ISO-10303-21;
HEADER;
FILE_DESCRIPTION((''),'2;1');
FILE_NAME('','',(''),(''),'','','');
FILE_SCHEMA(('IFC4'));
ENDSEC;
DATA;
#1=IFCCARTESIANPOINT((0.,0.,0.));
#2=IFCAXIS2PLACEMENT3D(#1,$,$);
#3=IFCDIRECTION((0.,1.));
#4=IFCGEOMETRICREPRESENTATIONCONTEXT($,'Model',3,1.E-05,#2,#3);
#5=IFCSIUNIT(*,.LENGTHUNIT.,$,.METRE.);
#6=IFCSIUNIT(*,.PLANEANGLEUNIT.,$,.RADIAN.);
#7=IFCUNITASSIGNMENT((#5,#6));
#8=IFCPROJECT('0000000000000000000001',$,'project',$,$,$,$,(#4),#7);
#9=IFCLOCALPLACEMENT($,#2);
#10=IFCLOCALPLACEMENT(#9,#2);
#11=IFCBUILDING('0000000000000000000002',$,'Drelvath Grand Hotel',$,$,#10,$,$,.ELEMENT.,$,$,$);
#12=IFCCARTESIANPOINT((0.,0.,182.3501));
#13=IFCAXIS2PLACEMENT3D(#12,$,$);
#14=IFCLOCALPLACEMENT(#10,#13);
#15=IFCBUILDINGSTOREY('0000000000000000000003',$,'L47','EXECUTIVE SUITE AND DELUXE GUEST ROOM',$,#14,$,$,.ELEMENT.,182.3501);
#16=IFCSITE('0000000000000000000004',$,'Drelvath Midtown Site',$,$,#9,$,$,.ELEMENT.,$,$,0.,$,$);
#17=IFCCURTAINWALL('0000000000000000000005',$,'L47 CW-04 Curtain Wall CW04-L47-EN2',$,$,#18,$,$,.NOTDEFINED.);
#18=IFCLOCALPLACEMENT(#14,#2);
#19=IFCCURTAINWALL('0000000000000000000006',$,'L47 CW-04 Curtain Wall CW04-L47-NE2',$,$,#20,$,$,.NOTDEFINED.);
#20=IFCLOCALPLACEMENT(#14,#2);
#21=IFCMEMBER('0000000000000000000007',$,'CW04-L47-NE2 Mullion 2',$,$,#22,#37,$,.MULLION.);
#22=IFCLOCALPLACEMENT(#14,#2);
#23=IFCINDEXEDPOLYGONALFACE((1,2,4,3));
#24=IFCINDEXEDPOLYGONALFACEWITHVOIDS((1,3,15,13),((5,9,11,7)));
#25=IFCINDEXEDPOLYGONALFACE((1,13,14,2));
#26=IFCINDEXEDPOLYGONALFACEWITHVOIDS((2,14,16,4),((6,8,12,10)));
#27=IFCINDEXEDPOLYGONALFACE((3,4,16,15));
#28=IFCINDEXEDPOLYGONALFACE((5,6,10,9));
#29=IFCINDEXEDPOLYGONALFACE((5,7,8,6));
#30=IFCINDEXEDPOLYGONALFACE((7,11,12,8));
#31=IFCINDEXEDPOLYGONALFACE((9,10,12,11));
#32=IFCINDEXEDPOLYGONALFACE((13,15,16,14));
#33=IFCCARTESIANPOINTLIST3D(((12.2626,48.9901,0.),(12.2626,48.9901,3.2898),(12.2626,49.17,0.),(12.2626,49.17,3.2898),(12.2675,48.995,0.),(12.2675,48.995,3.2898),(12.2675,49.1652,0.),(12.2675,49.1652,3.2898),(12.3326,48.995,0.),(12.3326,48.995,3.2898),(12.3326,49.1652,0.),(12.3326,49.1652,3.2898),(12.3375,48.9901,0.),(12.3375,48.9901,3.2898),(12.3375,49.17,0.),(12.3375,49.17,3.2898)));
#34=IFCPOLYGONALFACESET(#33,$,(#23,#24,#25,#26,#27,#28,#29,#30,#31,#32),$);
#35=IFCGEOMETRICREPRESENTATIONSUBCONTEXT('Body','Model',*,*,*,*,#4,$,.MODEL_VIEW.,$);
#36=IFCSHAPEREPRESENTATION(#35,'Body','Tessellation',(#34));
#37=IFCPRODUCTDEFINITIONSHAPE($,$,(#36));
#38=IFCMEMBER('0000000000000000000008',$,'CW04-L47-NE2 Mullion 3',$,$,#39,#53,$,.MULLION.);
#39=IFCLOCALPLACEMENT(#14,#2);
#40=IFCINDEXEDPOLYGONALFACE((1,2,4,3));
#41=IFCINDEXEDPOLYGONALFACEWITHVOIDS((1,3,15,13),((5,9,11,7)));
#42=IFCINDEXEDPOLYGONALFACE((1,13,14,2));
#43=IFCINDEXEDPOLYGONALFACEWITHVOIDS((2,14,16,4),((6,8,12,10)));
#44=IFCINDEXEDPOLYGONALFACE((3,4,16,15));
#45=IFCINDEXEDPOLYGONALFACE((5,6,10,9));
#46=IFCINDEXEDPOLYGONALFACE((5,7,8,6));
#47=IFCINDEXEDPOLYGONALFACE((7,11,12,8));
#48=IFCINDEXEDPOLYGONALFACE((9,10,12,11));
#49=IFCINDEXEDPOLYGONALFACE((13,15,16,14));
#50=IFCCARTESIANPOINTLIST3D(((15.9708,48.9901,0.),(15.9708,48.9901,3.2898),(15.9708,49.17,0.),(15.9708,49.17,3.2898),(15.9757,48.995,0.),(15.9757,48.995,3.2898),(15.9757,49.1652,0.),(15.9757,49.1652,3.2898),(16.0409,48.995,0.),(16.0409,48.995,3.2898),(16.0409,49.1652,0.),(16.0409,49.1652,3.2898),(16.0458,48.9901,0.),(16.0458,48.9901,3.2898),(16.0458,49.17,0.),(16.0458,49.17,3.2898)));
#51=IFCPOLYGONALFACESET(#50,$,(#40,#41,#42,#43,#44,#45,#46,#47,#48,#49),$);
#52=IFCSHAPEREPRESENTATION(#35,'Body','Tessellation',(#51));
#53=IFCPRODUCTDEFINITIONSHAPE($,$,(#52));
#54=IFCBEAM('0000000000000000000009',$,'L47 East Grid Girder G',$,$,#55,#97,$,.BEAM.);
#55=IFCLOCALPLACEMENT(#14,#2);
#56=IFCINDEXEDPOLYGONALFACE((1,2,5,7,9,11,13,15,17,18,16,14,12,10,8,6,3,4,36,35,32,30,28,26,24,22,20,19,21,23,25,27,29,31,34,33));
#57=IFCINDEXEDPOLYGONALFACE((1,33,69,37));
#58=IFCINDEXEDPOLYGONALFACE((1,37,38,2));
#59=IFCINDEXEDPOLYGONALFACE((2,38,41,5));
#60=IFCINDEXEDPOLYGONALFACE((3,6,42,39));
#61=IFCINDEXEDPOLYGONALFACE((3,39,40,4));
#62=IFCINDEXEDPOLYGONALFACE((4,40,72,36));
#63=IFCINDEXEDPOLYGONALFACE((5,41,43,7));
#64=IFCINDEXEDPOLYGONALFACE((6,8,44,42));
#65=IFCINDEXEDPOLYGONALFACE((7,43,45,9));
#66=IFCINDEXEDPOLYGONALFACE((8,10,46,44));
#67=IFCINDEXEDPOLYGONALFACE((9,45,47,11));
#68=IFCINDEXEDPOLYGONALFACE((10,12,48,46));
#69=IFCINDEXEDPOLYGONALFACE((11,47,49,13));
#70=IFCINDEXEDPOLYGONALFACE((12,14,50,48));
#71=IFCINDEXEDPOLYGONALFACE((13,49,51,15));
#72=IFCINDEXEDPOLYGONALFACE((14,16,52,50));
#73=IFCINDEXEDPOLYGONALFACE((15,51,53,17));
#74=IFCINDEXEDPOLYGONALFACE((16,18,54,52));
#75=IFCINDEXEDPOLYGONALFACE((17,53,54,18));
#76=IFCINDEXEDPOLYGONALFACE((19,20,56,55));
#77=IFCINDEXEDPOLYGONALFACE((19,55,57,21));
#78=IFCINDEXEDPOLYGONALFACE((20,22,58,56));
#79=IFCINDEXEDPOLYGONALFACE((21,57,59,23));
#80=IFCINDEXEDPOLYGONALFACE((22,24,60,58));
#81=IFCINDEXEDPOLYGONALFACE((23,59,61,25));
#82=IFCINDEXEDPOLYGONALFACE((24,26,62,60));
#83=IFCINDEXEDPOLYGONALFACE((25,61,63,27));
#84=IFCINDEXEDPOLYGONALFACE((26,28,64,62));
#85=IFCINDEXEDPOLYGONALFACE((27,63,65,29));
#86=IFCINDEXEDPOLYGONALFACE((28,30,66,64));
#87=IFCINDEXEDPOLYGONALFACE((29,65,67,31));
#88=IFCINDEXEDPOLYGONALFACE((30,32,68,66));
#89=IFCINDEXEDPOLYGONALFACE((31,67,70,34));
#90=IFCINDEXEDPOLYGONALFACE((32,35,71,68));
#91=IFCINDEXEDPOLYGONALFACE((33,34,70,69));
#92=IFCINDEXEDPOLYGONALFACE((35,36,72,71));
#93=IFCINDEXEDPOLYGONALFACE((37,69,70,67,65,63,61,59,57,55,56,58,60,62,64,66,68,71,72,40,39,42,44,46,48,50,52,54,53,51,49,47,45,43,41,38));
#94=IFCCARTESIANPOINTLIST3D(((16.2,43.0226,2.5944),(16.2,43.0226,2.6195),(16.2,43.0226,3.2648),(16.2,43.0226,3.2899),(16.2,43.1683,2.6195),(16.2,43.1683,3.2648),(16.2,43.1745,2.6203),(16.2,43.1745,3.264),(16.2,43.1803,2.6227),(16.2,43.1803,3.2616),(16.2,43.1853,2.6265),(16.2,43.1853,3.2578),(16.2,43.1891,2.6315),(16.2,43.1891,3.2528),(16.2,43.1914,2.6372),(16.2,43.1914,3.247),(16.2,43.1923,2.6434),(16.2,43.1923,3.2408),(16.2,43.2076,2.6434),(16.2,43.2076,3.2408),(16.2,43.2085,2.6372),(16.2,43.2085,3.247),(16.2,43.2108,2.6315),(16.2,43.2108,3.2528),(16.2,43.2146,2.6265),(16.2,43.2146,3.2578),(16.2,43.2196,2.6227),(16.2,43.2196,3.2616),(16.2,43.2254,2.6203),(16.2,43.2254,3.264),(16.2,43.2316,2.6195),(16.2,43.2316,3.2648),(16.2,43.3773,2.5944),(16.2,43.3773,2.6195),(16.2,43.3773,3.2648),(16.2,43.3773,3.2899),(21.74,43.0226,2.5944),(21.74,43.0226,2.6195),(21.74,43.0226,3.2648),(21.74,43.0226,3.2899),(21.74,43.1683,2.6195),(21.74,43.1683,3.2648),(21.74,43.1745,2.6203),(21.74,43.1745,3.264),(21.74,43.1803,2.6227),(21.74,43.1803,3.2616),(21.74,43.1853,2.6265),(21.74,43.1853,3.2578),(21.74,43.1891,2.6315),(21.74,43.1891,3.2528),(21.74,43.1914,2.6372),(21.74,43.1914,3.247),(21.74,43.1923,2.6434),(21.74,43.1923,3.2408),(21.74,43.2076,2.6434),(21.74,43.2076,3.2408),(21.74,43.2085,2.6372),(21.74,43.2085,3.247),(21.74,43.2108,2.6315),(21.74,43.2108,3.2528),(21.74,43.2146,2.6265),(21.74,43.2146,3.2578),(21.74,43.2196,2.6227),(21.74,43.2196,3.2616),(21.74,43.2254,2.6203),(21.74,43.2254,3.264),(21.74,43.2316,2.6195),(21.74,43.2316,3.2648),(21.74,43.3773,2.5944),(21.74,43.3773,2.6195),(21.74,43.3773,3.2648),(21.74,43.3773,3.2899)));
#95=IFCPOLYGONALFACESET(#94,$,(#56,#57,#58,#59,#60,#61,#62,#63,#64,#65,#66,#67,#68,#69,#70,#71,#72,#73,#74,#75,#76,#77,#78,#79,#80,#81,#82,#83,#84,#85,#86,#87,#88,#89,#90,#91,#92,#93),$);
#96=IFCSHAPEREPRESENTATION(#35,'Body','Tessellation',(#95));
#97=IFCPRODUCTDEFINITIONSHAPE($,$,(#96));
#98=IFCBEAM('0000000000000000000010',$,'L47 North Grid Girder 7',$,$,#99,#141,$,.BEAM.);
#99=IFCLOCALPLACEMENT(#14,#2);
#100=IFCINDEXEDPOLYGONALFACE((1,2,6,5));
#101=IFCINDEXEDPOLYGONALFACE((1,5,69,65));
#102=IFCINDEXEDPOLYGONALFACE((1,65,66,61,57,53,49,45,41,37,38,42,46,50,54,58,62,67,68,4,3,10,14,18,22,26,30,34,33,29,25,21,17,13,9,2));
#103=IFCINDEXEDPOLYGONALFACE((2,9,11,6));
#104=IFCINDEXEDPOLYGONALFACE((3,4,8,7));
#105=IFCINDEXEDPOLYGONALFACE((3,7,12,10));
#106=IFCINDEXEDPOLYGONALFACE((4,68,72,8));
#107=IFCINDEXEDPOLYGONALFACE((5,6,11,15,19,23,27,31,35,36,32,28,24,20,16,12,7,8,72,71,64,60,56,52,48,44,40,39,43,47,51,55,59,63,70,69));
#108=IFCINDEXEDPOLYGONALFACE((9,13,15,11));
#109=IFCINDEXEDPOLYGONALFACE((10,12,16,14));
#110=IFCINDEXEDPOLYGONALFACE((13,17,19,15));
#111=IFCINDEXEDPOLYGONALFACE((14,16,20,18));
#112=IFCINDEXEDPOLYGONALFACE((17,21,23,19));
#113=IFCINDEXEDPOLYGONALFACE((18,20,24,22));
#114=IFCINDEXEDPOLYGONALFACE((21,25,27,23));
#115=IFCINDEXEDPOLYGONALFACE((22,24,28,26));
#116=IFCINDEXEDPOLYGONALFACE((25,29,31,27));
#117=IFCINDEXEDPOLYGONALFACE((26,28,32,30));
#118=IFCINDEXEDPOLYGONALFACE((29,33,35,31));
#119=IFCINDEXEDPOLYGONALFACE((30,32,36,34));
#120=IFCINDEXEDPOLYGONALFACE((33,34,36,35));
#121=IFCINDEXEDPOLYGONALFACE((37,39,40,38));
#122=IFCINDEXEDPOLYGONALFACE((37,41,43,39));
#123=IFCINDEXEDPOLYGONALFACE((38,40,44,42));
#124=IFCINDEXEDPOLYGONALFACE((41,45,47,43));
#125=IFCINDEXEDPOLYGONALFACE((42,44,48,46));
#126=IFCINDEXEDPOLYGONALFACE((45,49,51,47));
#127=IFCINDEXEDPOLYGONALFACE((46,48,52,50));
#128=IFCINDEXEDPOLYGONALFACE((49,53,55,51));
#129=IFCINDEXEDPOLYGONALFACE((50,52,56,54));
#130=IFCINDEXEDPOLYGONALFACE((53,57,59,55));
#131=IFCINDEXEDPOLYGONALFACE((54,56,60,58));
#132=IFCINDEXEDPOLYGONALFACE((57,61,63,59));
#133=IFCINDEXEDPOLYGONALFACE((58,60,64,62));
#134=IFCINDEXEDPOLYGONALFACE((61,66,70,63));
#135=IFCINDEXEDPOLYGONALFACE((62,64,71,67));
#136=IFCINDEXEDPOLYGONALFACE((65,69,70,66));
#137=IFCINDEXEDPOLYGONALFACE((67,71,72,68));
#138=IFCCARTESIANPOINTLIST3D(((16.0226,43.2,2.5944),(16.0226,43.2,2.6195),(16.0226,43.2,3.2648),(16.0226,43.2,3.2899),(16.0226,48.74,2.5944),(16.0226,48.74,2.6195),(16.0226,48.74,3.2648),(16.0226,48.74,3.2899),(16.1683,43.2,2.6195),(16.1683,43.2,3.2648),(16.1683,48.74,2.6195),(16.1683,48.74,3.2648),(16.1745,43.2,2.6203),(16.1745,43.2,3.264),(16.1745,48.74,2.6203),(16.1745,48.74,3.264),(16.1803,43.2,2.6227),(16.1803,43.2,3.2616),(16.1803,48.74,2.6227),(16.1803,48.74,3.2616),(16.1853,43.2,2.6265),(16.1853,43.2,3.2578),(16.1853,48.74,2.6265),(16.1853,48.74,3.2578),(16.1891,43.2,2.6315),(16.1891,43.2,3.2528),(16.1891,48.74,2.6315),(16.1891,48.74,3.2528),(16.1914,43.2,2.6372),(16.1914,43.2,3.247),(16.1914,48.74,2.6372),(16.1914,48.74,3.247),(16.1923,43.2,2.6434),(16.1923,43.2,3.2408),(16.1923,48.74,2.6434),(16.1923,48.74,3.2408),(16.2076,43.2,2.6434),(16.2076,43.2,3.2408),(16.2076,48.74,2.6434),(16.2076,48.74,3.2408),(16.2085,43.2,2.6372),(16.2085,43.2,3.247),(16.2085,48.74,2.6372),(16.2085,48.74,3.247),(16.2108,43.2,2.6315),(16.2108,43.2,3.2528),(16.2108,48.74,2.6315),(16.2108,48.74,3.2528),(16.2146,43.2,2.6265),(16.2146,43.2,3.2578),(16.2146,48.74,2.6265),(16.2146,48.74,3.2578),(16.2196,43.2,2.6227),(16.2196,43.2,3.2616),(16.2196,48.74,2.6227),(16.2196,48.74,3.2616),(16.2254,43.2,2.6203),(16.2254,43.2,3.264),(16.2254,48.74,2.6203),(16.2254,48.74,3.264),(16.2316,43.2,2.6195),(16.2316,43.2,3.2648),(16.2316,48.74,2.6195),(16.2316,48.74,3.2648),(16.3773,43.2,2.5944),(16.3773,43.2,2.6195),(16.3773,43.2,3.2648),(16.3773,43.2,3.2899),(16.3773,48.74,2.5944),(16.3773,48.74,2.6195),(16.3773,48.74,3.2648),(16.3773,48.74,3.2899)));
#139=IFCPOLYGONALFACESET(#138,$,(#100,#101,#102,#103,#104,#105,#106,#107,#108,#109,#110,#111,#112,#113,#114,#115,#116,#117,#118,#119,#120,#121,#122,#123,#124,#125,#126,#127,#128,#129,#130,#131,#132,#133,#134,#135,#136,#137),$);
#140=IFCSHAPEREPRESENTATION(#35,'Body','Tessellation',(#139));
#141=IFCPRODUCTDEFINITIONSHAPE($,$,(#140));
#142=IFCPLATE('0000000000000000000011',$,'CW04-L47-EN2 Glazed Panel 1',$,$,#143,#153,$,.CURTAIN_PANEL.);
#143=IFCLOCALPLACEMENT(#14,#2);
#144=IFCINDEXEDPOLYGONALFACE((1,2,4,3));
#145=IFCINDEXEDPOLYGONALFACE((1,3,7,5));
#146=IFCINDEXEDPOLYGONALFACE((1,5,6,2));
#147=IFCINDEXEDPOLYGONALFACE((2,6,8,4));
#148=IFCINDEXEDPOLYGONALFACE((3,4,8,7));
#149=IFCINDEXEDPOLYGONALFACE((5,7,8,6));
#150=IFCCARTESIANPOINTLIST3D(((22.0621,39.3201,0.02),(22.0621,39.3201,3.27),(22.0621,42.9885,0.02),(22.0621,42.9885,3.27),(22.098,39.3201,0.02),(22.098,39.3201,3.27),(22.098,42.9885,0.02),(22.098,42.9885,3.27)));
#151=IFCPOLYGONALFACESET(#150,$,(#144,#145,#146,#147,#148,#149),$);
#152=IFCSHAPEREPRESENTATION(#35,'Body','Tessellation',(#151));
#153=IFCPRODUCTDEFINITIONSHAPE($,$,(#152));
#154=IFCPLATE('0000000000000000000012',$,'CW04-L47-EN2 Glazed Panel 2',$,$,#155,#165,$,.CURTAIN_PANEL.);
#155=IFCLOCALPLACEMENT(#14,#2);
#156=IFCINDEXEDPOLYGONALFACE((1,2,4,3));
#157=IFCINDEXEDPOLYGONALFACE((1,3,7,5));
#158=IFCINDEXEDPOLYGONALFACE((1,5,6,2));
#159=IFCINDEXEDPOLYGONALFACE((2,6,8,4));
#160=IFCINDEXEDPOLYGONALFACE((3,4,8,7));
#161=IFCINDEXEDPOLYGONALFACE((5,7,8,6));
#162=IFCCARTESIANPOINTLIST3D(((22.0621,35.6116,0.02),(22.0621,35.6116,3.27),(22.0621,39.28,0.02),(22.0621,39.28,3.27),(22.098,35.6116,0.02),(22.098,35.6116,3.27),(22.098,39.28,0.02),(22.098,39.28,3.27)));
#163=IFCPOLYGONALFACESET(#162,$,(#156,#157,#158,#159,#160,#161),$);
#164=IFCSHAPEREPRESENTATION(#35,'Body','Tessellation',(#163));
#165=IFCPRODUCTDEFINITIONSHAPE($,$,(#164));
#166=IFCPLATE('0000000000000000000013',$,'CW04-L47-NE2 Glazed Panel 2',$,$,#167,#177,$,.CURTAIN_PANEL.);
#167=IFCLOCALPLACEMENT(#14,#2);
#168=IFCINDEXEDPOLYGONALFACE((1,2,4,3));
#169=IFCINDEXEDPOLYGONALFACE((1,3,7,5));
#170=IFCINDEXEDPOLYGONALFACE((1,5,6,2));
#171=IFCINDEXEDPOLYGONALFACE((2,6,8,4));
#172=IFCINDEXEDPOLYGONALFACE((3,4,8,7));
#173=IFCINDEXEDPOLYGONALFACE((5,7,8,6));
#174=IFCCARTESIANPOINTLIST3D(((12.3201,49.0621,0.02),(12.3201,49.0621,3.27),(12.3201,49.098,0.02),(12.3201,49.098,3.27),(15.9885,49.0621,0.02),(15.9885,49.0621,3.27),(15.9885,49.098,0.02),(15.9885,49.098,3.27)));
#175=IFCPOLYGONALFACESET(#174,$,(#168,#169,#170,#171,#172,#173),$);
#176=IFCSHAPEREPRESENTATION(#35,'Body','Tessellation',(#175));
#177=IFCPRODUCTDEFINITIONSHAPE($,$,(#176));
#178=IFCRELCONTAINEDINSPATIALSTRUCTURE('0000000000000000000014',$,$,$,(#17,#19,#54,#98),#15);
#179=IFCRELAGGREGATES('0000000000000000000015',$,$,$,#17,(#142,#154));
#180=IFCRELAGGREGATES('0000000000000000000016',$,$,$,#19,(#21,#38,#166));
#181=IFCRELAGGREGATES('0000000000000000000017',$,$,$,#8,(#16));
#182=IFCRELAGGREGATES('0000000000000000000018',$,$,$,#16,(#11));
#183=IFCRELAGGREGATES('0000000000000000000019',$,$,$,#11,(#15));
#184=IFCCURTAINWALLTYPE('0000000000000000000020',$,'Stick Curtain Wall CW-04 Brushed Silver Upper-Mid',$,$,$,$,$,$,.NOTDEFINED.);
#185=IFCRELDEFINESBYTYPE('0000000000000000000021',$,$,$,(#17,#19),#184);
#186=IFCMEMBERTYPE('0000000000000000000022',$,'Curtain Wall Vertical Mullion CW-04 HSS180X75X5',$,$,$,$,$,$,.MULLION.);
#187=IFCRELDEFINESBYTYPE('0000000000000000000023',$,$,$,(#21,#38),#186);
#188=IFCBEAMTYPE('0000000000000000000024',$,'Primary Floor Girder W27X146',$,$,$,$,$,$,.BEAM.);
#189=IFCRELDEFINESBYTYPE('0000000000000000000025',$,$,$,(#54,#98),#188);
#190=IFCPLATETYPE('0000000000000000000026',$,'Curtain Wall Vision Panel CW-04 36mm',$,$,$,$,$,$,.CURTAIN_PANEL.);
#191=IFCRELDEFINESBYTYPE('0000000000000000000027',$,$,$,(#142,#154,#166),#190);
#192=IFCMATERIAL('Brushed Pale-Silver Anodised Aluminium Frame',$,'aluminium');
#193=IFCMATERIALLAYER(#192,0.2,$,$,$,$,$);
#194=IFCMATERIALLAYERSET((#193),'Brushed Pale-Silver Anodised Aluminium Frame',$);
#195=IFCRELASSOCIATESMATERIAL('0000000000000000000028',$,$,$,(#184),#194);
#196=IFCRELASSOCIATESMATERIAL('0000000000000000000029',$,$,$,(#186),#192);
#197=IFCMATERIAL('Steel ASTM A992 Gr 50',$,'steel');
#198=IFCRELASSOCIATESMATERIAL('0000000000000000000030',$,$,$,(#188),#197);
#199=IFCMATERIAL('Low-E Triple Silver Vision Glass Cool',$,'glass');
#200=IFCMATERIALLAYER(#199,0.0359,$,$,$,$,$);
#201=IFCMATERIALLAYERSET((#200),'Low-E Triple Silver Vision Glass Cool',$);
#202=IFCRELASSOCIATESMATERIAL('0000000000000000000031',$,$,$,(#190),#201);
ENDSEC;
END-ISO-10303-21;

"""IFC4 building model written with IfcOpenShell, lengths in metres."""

from ifc_helpers import new_model, si_unit, direction, frame, origin, origin_2d, place, context, subcontext, project, spatial, rectangle, hollow_rectangle, i_section, extrude, material, layer, layer_set, material_profile, profile_set, type_object, element, aggregate, save


model = new_model("IFC4")

# Units and contexts
model_context = context("Model", 3, precision=1e-05, world=origin(), true_north=direction((0.0, 1.0)))
body_context = subcontext(model_context, "Body", "Model", "MODEL_VIEW")
ifc_project = project(units=[si_unit("LENGTHUNIT", "METRE"), si_unit("PLANEANGLEUNIT", "RADIAN")], contexts=[model_context])

# Site, building, storey
site_placement = place(None, origin())
site = spatial("IfcSite", under=ifc_project, at=site_placement, Name="Drelvath Midtown Site", CompositionType="ELEMENT", RefElevation=0.0)
building_placement = place(site_placement, origin())
building = spatial("IfcBuilding", under=site, at=building_placement, Name="Drelvath Grand Hotel", CompositionType="ELEMENT")
storey_placement = place(building_placement, frame((0.0, 0.0, 182.3501)))
storey = spatial("IfcBuildingStorey", under=building, at=storey_placement, Name="L47", Description="EXECUTIVE SUITE AND DELUXE GUEST ROOM", CompositionType="ELEMENT", Elevation=182.3501)

# Curtain walls, members
ifc_material_1 = material(Name="Brushed Pale-Silver Anodised Aluminium Frame", Category="aluminium")
ifc_layer_1 = layer(ifc_material_1, 0.2)
ifc_layer_set_1 = layer_set([ifc_layer_1], Name="Brushed Pale-Silver Anodised Aluminium Frame")
curtain_wall_type = type_object("IfcCurtainWallType", Name="Stick Curtain Wall CW-04 Brushed Silver Upper-Mid", PredefinedType="NOTDEFINED", material=ifc_layer_set_1)
curtain_wall_1_placement = place(storey_placement, origin())
curtain_wall_1 = element("IfcCurtainWall", 1, at=curtain_wall_1_placement, inside=storey, type_object=curtain_wall_type, Name="L47 CW-04 Curtain Wall CW04-L47-EN2", PredefinedType="NOTDEFINED")
ifc_material_profile_1 = material_profile(ifc_material_1, hollow_rectangle(XDim=0.075, YDim=0.1799, WallThickness=0.0049, at=origin_2d()), Name="HSS180X75X5")
ifc_profile_set_1 = profile_set([ifc_material_profile_1], Name="Brushed Pale-Silver Anodised Aluminium Frame")
member_type_1 = type_object("IfcMemberType", Name="Curtain Wall Vertical Mullion CW-04 HSS180X75X5", PredefinedType="MULLION", material=ifc_profile_set_1)
curtain_wall_2_placement = place(storey_placement, origin())
curtain_wall_2 = element("IfcCurtainWall", 2, at=curtain_wall_2_placement, inside=storey, type_object=curtain_wall_type, Name="L47 CW-04 Curtain Wall CW04-L47-NE2", PredefinedType="NOTDEFINED")
member_1_placement = place(storey_placement, frame((12.3, 49.0801, 0.0), z_axis=(0.0, 0.0, 1.0), x_axis=(1.0, 0.0, 0.0)))
member_1 = element("IfcMember", 3, at=member_1_placement, type_object=member_type_1, Name="CW04-L47-NE2 Mullion 2", PredefinedType="MULLION", context=body_context, shape_type="SweptSolid", body=[
    extrude(hollow_rectangle(XDim=0.075, YDim=0.1799, WallThickness=0.0049, at=origin_2d()), origin(), (0.0, 0.0, 1.0), 3.2898),
])
member_2_placement = place(storey_placement, frame((16.0083, 49.0801, 0.0), z_axis=(0.0, 0.0, 1.0), x_axis=(1.0, 0.0, 0.0)))
member_2 = element("IfcMember", 4, at=member_2_placement, type_object=member_type_1, Name="CW04-L47-NE2 Mullion 3", PredefinedType="MULLION", context=body_context, shape_type="SweptSolid", body=[
    extrude(hollow_rectangle(XDim=0.075, YDim=0.1799, WallThickness=0.0049, at=origin_2d()), origin(), (0.0, 0.0, 1.0), 3.2898),
])

# Beams
ifc_material_2 = material(Name="Steel ASTM A992 Gr 50", Category="steel")
ifc_material_profile_2 = material_profile(ifc_material_2, i_section(OverallWidth=0.3547, OverallDepth=0.6956, WebThickness=0.0154, FlangeThickness=0.0251, FilletRadius=0.0239, at=origin_2d()), Name="W27X146")
ifc_profile_set_2 = profile_set([ifc_material_profile_2], Name="Steel ASTM A992 Gr 50")
beam_type = type_object("IfcBeamType", Name="Primary Floor Girder W27X146", PredefinedType="BEAM", material=ifc_profile_set_2)
for number, where, z_axis, x_axis, name in (
    (5, (16.2, 43.2, 2.9421), (1.0, 0.0, 0.0), (0.0, 1.0, 0.0), "L47 East Grid Girder G"),
    (6, (16.2, 43.2, 2.9421), (0.0, 1.0, 0.0), (-1.0, 0.0, 0.0), "L47 North Grid Girder 7"),
):
    element("IfcBeam", number, at=place(storey_placement, frame(where, z_axis=z_axis, x_axis=x_axis)), inside=storey, type_object=beam_type, Name=name, PredefinedType="BEAM", context=body_context, shape_type="SweptSolid", body=[
        extrude(i_section(OverallWidth=0.3547, OverallDepth=0.6956, WebThickness=0.0154, FlangeThickness=0.0251, FilletRadius=0.0239, at=origin_2d()), origin(), (0.0, 0.0, 1.0), 5.54),
    ])

# Plates
ifc_material_3 = material(Name="Low-E Triple Silver Vision Glass Cool", Category="glass")
ifc_layer_2 = layer(ifc_material_3, 0.0359)
ifc_layer_set_2 = layer_set([ifc_layer_2], Name="Low-E Triple Silver Vision Glass Cool")
plate_type = type_object("IfcPlateType", Name="Curtain Wall Vision Panel CW-04 36mm", PredefinedType="CURTAIN_PANEL", material=ifc_layer_set_2)
plate_1_placement = place(storey_placement, frame((22.0801, 41.1543, 0.02), z_axis=(0.0, 0.0, 1.0), x_axis=(0.0, -1.0, 0.0)))
plate_1 = element("IfcPlate", 7, at=plate_1_placement, type_object=plate_type, Name="CW04-L47-EN2 Glazed Panel 1", PredefinedType="CURTAIN_PANEL", context=body_context, shape_type="SweptSolid", body=[
    extrude(rectangle(XDim=3.6685, YDim=0.0359, at=origin_2d()), origin(), (0.0, 0.0, 1.0), 3.25),
])
plate_2_placement = place(storey_placement, frame((22.0801, 37.4458, 0.02), z_axis=(0.0, 0.0, 1.0), x_axis=(0.0, -1.0, 0.0)))
plate_2 = element("IfcPlate", 8, at=plate_2_placement, type_object=plate_type, Name="CW04-L47-EN2 Glazed Panel 2", PredefinedType="CURTAIN_PANEL", context=body_context, shape_type="SweptSolid", body=[
    extrude(rectangle(XDim=3.6685, YDim=0.0359, at=origin_2d()), origin(), (0.0, 0.0, 1.0), 3.25),
])
aggregate(curtain_wall_1, [plate_1, plate_2])
plate_3_placement = place(storey_placement, frame((14.1543, 49.0801, 0.02), z_axis=(0.0, 0.0, 1.0), x_axis=(1.0, 0.0, 0.0)))
plate_3 = element("IfcPlate", 9, at=plate_3_placement, type_object=plate_type, Name="CW04-L47-NE2 Glazed Panel 2", PredefinedType="CURTAIN_PANEL", context=body_context, shape_type="SweptSolid", body=[
    extrude(rectangle(XDim=3.6685, YDim=0.0359, at=origin_2d()), origin(), (0.0, 0.0, 1.0), 3.25),
])
aggregate(curtain_wall_2, [member_1, member_2, plate_3])

save(model, "model.ifc")
